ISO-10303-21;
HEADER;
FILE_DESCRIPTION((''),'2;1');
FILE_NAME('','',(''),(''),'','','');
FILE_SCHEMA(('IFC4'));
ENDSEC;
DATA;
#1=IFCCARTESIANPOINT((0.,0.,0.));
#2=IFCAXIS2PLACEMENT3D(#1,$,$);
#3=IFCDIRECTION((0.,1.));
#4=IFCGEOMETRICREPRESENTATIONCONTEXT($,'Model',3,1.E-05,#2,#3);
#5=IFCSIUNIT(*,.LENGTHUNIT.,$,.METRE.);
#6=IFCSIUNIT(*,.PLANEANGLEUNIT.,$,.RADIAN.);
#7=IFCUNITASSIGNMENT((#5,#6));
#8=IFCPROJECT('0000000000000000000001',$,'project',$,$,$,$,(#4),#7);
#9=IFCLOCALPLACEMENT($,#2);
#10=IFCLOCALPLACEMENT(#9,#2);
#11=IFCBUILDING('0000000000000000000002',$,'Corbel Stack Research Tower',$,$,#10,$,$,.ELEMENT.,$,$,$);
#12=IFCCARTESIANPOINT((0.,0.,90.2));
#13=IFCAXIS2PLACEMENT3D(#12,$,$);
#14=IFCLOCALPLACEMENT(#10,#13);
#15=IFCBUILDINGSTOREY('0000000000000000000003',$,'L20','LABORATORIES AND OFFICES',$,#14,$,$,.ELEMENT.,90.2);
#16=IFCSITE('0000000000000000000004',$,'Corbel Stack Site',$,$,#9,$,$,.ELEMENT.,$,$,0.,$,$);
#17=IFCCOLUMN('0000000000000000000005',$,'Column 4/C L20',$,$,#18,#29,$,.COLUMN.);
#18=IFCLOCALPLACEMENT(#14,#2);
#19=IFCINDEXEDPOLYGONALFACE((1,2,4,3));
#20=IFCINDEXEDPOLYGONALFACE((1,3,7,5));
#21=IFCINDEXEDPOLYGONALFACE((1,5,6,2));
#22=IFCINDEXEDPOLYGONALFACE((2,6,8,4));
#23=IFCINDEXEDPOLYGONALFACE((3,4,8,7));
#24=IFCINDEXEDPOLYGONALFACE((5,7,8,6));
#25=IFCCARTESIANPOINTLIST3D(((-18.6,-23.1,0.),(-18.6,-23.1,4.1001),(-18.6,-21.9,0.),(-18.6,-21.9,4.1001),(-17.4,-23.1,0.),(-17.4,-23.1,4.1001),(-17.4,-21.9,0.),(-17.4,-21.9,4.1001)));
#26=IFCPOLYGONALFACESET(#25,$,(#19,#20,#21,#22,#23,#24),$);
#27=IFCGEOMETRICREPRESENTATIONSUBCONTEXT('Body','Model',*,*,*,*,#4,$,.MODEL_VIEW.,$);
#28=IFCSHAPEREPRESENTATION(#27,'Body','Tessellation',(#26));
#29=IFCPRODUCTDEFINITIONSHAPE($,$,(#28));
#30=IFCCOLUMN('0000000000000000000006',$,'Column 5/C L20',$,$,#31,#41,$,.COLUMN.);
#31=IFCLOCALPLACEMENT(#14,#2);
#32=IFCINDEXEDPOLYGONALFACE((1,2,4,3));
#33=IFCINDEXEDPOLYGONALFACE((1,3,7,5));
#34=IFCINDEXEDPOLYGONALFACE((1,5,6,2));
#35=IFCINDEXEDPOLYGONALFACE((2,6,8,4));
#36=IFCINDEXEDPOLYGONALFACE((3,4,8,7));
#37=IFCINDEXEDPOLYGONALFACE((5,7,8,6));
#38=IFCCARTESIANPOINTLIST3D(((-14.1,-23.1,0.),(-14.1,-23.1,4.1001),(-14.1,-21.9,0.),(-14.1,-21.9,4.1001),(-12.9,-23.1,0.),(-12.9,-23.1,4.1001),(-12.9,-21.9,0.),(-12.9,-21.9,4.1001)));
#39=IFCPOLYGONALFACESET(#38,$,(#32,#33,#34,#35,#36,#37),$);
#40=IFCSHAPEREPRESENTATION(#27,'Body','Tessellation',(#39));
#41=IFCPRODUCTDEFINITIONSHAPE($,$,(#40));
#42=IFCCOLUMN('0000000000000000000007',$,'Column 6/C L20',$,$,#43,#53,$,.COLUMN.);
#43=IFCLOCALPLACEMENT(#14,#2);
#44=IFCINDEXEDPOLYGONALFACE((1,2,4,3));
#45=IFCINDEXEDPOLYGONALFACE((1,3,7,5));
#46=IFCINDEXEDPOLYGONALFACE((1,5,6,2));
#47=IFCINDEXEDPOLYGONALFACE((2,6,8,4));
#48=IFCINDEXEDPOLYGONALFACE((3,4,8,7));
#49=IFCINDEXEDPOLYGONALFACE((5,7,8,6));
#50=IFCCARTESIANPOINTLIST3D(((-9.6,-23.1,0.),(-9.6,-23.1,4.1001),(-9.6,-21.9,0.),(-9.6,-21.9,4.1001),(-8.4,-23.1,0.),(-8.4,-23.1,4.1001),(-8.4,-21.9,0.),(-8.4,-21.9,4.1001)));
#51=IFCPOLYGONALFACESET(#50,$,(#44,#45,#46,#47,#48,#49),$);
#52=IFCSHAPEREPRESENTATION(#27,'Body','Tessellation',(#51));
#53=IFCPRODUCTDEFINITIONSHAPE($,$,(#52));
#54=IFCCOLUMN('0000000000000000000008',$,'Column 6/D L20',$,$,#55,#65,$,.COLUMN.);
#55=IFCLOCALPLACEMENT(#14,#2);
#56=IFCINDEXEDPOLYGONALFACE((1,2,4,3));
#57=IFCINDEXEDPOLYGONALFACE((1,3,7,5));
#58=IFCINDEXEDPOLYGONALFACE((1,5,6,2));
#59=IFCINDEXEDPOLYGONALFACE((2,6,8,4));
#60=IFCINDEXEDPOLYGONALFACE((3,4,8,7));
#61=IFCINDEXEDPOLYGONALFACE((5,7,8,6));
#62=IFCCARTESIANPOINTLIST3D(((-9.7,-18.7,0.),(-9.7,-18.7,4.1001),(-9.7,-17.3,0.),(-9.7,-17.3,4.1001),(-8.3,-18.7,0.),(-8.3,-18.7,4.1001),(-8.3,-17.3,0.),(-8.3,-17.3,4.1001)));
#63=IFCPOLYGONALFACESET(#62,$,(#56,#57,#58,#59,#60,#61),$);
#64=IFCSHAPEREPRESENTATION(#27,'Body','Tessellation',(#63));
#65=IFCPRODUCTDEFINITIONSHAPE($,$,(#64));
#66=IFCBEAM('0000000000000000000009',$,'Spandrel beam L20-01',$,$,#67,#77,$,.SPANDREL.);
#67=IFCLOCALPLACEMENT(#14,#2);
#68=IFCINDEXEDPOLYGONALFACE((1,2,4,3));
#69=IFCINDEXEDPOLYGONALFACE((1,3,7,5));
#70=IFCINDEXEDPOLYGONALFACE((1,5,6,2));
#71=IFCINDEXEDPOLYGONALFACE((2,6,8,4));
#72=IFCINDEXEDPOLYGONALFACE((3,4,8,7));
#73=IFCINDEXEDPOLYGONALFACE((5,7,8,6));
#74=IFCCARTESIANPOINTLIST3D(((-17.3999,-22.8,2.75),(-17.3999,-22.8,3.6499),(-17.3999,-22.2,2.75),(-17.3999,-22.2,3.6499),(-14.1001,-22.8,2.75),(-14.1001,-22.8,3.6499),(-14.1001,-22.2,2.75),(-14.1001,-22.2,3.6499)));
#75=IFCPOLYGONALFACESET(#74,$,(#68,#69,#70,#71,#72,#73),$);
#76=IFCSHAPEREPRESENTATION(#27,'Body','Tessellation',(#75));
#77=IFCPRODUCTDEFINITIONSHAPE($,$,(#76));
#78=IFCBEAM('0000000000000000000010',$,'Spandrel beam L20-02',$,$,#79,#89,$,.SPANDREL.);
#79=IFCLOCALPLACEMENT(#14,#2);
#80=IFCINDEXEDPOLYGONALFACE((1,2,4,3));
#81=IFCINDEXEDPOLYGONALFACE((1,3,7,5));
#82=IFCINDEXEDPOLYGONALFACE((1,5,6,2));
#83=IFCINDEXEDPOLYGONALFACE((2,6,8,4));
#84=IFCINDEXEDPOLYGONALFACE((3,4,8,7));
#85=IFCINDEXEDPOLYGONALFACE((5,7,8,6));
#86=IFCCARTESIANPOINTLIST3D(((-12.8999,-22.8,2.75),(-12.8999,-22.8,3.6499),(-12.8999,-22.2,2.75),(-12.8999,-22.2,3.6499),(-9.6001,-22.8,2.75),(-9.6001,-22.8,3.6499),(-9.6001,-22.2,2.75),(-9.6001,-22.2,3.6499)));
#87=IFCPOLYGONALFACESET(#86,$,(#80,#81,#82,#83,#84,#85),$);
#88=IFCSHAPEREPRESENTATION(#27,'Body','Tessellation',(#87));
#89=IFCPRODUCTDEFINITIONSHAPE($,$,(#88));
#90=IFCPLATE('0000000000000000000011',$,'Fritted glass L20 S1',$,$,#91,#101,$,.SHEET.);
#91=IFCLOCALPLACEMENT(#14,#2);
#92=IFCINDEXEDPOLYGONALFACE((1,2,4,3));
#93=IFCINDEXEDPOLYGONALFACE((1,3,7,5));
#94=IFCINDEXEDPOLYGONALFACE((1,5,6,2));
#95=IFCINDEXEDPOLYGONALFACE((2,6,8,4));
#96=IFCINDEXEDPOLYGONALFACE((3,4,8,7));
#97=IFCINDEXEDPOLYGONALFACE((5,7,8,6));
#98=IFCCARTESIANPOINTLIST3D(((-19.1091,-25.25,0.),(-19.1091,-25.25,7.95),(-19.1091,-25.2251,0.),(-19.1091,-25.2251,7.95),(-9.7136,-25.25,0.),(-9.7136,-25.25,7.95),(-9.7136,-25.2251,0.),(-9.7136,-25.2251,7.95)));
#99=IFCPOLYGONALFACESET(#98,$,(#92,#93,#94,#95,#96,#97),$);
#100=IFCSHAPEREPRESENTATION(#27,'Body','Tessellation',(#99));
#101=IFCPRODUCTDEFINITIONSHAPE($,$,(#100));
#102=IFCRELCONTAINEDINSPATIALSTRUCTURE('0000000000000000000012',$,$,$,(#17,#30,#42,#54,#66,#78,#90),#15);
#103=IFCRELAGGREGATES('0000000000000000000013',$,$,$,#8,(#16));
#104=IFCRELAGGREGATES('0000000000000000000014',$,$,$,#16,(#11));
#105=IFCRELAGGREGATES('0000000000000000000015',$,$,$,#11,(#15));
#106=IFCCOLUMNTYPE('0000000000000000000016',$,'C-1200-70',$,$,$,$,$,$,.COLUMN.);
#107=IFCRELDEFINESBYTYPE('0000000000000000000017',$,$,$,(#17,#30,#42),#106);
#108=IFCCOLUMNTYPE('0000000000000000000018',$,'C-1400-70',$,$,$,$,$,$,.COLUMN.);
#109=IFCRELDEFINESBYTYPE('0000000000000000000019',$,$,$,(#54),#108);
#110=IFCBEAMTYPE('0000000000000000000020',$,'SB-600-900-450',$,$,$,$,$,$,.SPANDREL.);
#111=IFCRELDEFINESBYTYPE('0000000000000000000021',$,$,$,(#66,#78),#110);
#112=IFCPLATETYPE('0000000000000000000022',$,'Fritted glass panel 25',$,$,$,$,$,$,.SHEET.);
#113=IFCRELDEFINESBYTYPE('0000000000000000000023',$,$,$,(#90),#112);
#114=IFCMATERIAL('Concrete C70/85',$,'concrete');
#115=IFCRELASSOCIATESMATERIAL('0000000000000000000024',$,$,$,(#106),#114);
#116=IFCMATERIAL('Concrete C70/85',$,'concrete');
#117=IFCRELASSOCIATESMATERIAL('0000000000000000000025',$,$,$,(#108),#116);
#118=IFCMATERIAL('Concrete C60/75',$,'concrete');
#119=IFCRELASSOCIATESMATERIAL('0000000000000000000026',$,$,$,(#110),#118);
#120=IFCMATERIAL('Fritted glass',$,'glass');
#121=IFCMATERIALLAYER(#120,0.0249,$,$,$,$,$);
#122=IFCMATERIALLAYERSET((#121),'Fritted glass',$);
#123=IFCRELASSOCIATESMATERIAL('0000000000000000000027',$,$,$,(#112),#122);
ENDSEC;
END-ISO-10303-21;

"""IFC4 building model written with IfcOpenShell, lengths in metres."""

from ifc_helpers import new_model, si_unit, direction, frame, origin, origin_2d, place, context, subcontext, project, spatial, rectangle, extrude, material, layer, layer_set, material_profile, profile_set, type_object, element, save


model = new_model("IFC4")

# Units and contexts
model_context = context("Model", 3, precision=1e-05, world=origin(), true_north=direction((0.0, 1.0)))
body_context = subcontext(model_context, "Body", "Model", "MODEL_VIEW")
ifc_project = project(units=[si_unit("LENGTHUNIT", "METRE"), si_unit("PLANEANGLEUNIT", "RADIAN")], contexts=[model_context])

# Site, building, storey
site_placement = place(None, origin())
site = spatial("IfcSite", under=ifc_project, at=site_placement, Name="Corbel Stack Site", CompositionType="ELEMENT", RefElevation=0.0)
building_placement = place(site_placement, origin())
building = spatial("IfcBuilding", under=site, at=building_placement, Name="Corbel Stack Research Tower", CompositionType="ELEMENT")
storey_placement = place(building_placement, frame((0.0, 0.0, 90.2)))
storey = spatial("IfcBuildingStorey", under=building, at=storey_placement, Name="L20", Description="LABORATORIES AND OFFICES", CompositionType="ELEMENT", Elevation=90.2)

# Columns
ifc_material_1 = material(Name="Concrete C70/85", Category="concrete")
ifc_material_profile_1 = material_profile(ifc_material_1, rectangle(XDim=1.2, YDim=1.2, at=origin_2d()), Name="RC 1200 x 1200")
ifc_profile_set_1 = profile_set([ifc_material_profile_1], Name="Concrete C70/85")
column_type_1 = type_object("IfcColumnType", Name="C-1200-70", PredefinedType="COLUMN", material=ifc_profile_set_1)
for number, where, z_axis, x_axis, name in (
    (1, (-18.0, -22.5, 0.0), (0.0, 0.0, 1.0), (1.0, 0.0, 0.0), "Column 4/C L20"),
    (2, (-13.5, -22.5, 0.0), (0.0, 0.0, 1.0), (1.0, 0.0, 0.0), "Column 5/C L20"),
    (3, (-9.0, -22.5, 0.0), (0.0, 0.0, 1.0), (1.0, 0.0, 0.0), "Column 6/C L20"),
):
    element("IfcColumn", number, at=place(storey_placement, frame(where, z_axis=z_axis, x_axis=x_axis)), inside=storey, type_object=column_type_1, Name=name, PredefinedType="COLUMN", context=body_context, shape_type="SweptSolid", body=[
        extrude(rectangle(XDim=1.2, YDim=1.2, at=origin_2d()), origin(), (0.0, 0.0, 1.0), 4.1001),
    ])
ifc_material_2 = material(Name="Concrete C70/85", Category="concrete")
ifc_material_profile_2 = material_profile(ifc_material_2, rectangle(XDim=1.3999, YDim=1.3999, at=origin_2d()), Name="RC 1400 x 1400")
ifc_profile_set_2 = profile_set([ifc_material_profile_2], Name="Concrete C70/85")
column_type_2 = type_object("IfcColumnType", Name="C-1400-70", PredefinedType="COLUMN", material=ifc_profile_set_2)
column_placement = place(storey_placement, frame((-9.0, -18.0, 0.0), z_axis=(0.0, 0.0, 1.0), x_axis=(1.0, 0.0, 0.0)))
element("IfcColumn", 4, at=column_placement, inside=storey, type_object=column_type_2, Name="Column 6/D L20", PredefinedType="COLUMN", context=body_context, shape_type="SweptSolid", body=[
    extrude(rectangle(XDim=1.3999, YDim=1.3999, at=origin_2d()), origin(), (0.0, 0.0, 1.0), 4.1001),
])

# Beams
ifc_material_3 = material(Name="Concrete C60/75", Category="concrete")
ifc_material_profile_3 = material_profile(ifc_material_3, rectangle(XDim=0.6001, YDim=0.8999, at=origin_2d()), Name="RC 600 x 900")
ifc_profile_set_3 = profile_set([ifc_material_profile_3], Name="Concrete C60/75")
beam_type = type_object("IfcBeamType", Name="SB-600-900-450", PredefinedType="SPANDREL", material=ifc_profile_set_3)
for number, where, z_axis, x_axis, name in (
    (5, (-17.3999, -22.5, 3.2), (1.0, 0.0, 0.0), (0.0, 1.0, 0.0), "Spandrel beam L20-01"),
    (6, (-12.8999, -22.5, 3.2), (1.0, 0.0, 0.0), (0.0, 1.0, 0.0), "Spandrel beam L20-02"),
):
    element("IfcBeam", number, at=place(storey_placement, frame(where, z_axis=z_axis, x_axis=x_axis)), inside=storey, type_object=beam_type, Name=name, PredefinedType="SPANDREL", context=body_context, shape_type="SweptSolid", body=[
        extrude(rectangle(XDim=0.6001, YDim=0.8999, at=origin_2d()), origin(), (0.0, 0.0, 1.0), 3.2998),
    ])

# Plate
ifc_material_4 = material(Name="Fritted glass", Category="glass")
ifc_layer_1 = layer(ifc_material_4, 0.0249)
ifc_layer_set_1 = layer_set([ifc_layer_1], Name="Fritted glass")
plate_type = type_object("IfcPlateType", Name="Fritted glass panel 25", PredefinedType="SHEET", material=ifc_layer_set_1)
plate_placement = place(storey_placement, frame((-14.4114, -25.2375, 0.0), z_axis=(0.0, 0.0, 1.0), x_axis=(1.0, 0.0, 0.0)))
element("IfcPlate", 7, at=plate_placement, inside=storey, type_object=plate_type, Name="Fritted glass L20 S1", PredefinedType="SHEET", context=body_context, shape_type="SweptSolid", body=[
    extrude(rectangle(XDim=9.3955, YDim=0.0249, at=origin_2d()), origin(), (0.0, 0.0, 1.0), 7.95),
])

save(model, "model.ifc")
